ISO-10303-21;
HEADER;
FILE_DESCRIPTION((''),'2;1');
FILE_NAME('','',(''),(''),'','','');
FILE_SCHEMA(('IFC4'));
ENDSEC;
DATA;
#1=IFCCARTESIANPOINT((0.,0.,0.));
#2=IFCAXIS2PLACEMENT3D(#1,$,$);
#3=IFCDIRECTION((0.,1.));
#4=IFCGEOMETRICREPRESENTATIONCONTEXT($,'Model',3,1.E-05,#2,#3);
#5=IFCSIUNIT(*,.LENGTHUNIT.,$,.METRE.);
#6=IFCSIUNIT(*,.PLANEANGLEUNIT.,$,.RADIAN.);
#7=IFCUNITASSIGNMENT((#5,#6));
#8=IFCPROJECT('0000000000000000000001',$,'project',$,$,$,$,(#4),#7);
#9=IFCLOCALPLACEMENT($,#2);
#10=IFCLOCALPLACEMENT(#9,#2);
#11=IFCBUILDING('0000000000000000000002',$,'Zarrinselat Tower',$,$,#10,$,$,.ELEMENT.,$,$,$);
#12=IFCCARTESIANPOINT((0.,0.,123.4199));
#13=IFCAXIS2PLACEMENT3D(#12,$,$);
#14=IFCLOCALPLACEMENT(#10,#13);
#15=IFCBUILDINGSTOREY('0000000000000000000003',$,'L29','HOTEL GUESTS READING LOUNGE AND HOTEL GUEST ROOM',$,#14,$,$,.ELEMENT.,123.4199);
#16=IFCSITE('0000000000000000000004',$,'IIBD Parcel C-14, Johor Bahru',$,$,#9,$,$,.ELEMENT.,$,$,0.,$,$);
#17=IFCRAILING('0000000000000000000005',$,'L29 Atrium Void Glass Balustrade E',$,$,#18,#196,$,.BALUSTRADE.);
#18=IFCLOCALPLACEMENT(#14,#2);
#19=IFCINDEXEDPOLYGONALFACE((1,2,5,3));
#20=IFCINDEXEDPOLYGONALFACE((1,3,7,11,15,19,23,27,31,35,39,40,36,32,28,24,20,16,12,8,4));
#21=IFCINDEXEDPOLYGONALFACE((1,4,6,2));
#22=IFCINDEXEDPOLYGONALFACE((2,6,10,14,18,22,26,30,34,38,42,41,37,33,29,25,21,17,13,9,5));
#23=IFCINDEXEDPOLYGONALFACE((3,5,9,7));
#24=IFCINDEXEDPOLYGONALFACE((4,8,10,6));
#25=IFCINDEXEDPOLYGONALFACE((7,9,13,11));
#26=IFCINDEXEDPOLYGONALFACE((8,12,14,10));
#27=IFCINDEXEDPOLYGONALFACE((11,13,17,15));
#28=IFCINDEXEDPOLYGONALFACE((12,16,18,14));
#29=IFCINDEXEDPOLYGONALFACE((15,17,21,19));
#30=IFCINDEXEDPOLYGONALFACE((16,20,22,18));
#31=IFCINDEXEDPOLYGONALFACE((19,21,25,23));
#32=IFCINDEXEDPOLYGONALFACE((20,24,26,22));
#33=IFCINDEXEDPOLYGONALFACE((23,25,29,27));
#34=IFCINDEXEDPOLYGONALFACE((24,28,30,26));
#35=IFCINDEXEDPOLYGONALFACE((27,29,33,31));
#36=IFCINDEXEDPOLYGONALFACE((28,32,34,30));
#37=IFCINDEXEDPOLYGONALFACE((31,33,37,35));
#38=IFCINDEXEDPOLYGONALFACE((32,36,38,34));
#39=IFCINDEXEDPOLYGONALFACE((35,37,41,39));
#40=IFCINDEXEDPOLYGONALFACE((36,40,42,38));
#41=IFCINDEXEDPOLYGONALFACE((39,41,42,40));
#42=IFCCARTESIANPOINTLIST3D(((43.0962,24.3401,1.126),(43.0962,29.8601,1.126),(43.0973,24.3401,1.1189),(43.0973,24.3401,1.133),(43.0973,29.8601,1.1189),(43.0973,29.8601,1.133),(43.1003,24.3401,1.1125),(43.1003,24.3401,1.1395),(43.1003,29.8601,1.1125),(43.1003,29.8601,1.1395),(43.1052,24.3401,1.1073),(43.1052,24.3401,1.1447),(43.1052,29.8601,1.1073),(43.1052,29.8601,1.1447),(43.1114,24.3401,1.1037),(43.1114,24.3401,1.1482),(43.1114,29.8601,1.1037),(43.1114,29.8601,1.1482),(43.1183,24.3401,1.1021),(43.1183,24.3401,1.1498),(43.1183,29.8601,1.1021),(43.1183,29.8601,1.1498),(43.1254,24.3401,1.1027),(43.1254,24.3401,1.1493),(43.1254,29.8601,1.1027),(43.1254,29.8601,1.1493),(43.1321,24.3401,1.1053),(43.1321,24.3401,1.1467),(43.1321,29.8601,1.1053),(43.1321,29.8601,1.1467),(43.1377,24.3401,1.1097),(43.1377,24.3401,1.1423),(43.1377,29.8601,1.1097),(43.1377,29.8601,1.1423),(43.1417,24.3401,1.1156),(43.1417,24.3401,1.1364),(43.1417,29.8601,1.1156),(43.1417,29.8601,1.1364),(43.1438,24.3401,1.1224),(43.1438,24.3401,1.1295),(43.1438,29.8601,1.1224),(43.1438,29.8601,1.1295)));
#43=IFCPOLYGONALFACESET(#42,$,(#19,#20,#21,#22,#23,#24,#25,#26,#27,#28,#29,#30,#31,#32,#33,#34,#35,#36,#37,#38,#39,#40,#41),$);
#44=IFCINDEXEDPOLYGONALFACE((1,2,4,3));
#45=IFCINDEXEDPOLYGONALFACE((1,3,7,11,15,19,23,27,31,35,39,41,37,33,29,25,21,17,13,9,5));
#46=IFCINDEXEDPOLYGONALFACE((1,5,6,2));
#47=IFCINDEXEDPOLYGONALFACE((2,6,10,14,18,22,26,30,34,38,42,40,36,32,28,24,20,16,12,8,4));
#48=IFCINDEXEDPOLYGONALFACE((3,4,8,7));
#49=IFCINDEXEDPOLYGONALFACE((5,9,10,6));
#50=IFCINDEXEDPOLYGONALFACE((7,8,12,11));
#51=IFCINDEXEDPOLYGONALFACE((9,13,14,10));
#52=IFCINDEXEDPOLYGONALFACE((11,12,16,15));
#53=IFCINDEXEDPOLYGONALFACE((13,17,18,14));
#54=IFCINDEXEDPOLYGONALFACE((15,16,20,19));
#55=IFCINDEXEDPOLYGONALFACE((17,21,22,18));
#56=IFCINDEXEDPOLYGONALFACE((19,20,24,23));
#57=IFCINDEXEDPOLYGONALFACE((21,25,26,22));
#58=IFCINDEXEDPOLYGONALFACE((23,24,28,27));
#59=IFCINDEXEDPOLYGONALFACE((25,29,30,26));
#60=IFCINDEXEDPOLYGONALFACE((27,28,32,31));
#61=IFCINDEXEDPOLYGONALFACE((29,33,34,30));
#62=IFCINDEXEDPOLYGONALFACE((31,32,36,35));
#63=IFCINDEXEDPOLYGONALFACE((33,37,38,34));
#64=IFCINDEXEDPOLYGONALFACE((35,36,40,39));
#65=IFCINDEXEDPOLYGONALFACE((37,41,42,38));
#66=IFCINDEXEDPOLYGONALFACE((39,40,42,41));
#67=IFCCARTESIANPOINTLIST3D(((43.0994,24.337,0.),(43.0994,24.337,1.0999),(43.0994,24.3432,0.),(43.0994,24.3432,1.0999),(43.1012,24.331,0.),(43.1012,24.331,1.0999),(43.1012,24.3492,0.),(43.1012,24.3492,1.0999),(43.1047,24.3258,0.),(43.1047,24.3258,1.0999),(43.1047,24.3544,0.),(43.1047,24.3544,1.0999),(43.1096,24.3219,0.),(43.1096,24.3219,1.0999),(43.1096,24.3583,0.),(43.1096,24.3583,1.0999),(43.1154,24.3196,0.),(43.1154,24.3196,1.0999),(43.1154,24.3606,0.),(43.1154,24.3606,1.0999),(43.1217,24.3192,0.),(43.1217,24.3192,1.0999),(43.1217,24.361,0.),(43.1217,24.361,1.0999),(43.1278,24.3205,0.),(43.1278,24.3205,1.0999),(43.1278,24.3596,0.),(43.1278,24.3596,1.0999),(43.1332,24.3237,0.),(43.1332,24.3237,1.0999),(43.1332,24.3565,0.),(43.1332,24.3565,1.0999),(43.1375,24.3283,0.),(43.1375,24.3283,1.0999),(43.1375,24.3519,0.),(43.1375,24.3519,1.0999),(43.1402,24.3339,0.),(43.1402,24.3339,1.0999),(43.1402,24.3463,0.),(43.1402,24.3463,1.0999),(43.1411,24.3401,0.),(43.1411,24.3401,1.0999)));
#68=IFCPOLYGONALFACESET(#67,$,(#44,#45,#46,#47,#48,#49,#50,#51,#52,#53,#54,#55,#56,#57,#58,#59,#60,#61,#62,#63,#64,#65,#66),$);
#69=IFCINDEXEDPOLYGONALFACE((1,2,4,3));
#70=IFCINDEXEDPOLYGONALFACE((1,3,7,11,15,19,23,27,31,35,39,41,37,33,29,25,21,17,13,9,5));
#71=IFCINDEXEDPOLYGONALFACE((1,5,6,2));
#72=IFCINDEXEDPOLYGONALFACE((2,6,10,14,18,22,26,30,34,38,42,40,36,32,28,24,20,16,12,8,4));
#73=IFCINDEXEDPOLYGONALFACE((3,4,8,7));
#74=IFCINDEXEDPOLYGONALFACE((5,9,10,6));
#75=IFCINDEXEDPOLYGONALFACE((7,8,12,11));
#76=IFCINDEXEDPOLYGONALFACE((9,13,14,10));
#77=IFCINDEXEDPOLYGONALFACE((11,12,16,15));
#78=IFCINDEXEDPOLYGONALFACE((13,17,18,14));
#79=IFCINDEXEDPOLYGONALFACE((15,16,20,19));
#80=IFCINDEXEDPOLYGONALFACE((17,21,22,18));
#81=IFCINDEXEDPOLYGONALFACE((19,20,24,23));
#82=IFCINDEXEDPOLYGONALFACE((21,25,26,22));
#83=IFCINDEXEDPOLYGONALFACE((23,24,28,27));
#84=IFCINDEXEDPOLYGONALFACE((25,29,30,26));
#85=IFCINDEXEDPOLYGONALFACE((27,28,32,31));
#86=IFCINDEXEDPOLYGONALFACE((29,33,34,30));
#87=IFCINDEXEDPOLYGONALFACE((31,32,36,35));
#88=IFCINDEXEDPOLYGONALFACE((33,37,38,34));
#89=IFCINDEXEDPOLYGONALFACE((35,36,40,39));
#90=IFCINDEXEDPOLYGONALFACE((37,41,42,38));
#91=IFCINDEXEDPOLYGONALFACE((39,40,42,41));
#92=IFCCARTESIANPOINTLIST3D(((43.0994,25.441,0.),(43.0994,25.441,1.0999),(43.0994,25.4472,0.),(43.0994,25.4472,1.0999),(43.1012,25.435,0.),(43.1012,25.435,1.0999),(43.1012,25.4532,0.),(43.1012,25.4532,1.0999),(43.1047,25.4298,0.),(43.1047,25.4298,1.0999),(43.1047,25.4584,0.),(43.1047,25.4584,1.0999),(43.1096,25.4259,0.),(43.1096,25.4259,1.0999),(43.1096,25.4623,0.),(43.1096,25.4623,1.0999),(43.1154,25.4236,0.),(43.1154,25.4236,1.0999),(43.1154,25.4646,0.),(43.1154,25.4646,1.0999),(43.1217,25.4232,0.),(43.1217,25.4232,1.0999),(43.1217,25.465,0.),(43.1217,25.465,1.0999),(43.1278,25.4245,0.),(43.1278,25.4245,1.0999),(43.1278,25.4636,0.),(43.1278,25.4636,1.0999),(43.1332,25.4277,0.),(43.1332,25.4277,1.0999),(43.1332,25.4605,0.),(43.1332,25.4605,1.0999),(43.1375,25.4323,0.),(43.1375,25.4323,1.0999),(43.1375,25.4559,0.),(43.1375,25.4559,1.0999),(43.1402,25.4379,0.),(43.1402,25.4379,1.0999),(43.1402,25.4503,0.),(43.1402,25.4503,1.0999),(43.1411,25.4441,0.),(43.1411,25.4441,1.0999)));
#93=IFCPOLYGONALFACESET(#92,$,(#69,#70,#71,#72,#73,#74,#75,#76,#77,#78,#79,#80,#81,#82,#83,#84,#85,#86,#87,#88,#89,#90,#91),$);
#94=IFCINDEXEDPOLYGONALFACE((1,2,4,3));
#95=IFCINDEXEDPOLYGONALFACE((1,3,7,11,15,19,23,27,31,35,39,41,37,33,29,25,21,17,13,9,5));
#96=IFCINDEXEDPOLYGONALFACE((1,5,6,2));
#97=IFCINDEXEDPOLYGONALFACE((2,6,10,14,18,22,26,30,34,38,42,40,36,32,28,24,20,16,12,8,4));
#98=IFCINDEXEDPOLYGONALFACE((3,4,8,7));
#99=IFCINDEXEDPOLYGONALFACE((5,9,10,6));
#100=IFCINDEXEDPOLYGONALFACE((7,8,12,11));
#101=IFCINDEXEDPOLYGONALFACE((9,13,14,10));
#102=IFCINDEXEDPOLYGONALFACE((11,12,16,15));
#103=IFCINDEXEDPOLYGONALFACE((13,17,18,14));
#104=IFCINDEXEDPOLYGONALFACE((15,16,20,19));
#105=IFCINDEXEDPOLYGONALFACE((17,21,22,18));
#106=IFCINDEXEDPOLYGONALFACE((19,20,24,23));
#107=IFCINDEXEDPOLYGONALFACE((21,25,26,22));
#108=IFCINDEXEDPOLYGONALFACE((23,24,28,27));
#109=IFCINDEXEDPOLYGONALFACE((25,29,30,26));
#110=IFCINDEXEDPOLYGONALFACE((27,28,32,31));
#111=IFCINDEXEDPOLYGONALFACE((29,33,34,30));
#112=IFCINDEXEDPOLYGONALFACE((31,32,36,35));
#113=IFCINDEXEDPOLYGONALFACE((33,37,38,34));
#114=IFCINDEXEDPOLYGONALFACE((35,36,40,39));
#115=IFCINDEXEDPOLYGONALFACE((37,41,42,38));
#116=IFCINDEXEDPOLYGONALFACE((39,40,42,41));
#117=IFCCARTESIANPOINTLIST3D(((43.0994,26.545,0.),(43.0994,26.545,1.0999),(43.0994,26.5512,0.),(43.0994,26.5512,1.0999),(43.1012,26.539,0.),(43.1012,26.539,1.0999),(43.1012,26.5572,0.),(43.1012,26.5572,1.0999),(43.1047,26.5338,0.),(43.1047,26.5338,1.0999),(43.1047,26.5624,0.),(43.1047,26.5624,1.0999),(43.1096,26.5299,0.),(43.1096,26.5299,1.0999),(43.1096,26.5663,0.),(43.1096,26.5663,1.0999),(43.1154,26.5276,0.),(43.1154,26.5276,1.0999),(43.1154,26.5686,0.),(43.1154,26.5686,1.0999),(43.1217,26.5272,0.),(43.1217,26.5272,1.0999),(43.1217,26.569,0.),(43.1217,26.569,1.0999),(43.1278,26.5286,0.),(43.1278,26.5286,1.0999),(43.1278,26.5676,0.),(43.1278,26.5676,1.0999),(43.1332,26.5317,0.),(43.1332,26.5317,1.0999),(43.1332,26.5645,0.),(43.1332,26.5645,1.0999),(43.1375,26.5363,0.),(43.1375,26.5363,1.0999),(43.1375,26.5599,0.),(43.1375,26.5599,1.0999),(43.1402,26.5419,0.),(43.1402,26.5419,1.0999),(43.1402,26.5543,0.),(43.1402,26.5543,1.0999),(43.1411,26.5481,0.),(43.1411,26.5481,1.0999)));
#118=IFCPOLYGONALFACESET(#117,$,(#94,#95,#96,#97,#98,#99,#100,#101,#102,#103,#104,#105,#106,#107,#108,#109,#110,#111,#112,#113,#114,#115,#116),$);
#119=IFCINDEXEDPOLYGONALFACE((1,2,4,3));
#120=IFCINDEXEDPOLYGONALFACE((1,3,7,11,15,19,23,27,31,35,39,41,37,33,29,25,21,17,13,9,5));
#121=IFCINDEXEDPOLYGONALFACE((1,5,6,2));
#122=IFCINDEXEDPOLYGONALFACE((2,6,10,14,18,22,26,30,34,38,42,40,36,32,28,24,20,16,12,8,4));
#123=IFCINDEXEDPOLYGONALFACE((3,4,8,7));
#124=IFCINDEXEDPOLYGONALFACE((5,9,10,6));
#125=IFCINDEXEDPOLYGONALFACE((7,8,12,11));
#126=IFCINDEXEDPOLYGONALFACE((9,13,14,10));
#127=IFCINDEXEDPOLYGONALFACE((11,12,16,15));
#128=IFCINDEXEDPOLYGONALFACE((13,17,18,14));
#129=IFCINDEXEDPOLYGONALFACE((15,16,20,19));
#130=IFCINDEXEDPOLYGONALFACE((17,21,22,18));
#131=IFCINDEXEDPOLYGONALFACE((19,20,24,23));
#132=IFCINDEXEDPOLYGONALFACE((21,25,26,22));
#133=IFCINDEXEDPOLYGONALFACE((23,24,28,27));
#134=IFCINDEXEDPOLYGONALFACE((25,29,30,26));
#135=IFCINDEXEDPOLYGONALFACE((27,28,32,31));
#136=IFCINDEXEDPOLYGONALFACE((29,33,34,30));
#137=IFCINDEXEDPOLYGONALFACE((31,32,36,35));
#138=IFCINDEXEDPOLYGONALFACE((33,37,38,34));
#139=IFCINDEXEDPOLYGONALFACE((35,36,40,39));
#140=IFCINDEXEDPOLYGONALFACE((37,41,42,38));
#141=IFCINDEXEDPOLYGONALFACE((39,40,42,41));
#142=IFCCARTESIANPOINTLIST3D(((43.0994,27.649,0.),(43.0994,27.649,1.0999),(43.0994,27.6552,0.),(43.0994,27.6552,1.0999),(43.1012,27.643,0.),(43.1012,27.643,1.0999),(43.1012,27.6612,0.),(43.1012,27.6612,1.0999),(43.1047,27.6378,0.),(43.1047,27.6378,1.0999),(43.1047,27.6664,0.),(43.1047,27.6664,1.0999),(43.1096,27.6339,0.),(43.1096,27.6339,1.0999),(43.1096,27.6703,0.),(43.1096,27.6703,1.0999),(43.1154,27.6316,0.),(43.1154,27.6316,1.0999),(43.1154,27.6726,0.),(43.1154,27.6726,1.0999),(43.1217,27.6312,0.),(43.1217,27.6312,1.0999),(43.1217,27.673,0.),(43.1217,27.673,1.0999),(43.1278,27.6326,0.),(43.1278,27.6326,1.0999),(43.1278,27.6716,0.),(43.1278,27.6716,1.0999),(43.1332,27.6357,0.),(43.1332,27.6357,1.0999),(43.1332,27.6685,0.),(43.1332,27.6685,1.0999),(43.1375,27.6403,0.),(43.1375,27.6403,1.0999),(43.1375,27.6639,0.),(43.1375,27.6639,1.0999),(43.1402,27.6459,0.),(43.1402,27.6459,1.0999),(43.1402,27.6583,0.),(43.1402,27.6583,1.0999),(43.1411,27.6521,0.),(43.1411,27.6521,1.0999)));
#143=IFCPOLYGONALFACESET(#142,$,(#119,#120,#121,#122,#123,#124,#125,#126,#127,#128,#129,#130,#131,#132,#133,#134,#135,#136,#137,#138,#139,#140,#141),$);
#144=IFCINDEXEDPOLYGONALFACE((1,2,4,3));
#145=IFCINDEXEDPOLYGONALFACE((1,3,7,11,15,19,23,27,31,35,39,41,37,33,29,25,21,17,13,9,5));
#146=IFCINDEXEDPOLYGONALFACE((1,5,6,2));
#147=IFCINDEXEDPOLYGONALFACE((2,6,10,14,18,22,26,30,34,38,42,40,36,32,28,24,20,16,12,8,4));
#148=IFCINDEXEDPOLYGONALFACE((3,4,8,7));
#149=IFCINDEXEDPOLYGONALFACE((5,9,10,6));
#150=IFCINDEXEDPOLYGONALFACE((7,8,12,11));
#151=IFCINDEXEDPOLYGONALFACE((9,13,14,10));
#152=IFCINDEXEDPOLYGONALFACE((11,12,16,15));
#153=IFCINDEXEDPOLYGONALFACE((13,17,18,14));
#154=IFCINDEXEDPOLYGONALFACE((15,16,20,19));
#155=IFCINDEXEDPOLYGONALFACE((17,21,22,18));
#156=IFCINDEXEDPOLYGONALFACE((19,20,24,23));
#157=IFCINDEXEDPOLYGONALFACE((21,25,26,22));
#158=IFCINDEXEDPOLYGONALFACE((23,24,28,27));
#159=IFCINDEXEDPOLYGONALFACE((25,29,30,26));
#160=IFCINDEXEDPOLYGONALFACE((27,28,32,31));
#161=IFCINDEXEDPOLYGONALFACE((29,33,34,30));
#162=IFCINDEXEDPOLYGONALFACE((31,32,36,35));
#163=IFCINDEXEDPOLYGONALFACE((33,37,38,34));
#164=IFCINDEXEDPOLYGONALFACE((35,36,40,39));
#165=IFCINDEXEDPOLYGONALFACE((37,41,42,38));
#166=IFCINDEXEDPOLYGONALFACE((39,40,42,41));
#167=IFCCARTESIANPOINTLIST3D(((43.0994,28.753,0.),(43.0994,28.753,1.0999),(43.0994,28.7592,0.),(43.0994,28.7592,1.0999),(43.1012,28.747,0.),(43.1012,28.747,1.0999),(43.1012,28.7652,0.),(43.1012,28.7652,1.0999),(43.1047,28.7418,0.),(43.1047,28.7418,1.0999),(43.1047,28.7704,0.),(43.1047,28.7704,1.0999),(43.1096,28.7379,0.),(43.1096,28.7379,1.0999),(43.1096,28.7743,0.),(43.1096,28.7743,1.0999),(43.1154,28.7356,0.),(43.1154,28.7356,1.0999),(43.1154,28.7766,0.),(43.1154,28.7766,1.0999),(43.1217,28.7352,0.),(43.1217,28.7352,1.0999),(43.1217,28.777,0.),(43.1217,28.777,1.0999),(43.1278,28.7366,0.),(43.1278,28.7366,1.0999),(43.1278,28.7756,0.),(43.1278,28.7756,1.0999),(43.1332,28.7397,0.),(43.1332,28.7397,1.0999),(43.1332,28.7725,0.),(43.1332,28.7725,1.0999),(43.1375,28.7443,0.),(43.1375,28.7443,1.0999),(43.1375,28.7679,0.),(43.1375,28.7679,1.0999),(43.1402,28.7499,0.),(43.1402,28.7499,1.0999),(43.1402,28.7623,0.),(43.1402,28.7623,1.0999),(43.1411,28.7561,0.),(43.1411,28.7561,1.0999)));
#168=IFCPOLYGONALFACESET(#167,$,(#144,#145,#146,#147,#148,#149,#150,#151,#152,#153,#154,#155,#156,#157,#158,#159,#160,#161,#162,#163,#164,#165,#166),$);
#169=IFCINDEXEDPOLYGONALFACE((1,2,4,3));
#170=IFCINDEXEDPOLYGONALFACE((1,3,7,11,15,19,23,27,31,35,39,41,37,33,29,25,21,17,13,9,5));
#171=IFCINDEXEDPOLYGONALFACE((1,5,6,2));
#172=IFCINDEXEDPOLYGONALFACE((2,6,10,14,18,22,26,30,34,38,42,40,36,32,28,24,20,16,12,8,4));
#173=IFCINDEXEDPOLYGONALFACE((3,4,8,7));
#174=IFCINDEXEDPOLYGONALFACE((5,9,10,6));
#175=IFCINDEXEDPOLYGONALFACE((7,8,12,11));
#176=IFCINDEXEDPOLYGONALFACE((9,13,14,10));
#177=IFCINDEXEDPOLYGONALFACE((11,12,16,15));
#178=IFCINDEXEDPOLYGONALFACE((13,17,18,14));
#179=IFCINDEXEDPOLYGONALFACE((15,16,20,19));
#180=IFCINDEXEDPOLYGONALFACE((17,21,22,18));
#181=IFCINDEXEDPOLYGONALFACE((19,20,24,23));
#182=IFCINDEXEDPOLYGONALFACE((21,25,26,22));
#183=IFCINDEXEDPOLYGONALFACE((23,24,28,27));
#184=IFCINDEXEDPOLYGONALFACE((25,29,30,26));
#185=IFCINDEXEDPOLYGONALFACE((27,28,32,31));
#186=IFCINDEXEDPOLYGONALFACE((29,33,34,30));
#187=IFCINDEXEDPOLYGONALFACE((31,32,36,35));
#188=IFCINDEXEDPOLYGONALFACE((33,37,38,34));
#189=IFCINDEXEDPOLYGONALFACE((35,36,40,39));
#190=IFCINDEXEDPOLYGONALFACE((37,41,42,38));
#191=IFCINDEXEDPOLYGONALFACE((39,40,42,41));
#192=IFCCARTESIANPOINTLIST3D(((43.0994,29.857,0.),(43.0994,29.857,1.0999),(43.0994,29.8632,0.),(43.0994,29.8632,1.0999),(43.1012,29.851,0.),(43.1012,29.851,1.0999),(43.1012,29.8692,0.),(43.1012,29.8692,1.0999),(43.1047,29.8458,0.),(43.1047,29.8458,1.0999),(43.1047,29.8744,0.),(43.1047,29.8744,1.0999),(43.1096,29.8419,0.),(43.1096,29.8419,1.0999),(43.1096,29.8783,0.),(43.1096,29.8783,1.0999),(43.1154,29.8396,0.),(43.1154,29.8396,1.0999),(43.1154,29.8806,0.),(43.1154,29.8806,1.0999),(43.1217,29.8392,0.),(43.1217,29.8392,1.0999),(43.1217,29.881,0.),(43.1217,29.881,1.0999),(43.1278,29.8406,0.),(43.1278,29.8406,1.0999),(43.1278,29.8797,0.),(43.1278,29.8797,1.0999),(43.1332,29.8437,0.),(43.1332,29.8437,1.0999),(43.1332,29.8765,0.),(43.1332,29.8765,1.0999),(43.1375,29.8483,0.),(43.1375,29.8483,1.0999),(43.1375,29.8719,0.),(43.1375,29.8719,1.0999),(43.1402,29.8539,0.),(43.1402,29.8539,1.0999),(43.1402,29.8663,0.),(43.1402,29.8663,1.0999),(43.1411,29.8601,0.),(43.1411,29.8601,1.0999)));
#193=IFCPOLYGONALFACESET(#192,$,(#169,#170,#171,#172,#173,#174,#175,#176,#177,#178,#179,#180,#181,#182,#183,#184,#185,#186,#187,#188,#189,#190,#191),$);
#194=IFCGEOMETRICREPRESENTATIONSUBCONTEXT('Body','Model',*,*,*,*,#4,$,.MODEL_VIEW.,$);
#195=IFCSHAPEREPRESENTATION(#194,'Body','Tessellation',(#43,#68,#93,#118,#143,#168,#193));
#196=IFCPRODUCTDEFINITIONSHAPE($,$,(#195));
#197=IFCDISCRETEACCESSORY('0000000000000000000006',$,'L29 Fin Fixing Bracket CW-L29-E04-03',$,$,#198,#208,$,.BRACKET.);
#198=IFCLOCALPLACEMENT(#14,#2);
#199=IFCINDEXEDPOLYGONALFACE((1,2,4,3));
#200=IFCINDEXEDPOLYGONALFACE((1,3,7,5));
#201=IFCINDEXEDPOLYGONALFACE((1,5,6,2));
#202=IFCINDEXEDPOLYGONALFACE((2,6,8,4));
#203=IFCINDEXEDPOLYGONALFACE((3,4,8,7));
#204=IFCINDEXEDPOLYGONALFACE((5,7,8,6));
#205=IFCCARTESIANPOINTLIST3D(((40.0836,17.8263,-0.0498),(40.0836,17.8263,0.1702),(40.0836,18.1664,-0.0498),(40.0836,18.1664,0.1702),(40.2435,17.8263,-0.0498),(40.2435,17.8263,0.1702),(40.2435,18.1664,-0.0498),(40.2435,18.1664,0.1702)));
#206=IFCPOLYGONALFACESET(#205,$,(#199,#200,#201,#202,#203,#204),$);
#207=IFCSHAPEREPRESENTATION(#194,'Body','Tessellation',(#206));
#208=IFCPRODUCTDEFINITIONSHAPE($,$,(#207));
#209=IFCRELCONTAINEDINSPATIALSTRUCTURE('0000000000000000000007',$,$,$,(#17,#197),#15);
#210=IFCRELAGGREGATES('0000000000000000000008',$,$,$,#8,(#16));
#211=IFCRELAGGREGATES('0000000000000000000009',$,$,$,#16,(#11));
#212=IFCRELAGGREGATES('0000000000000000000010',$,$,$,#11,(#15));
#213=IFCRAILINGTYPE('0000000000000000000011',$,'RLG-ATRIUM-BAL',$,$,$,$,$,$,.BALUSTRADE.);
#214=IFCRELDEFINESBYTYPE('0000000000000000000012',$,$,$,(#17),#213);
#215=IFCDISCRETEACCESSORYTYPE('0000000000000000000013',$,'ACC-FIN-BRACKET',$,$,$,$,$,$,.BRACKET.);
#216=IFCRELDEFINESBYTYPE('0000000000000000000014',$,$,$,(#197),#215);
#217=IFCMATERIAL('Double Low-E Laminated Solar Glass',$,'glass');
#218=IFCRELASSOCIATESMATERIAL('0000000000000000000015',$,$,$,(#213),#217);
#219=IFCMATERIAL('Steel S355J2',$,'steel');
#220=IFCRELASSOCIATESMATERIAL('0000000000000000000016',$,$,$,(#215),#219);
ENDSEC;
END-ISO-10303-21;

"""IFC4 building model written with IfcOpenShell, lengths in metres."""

from ifc_helpers import new_model, si_unit, direction, frame, origin, origin_2d, place, context, subcontext, project, spatial, rectangle, circle, extrude, material, type_object, element, save


model = new_model("IFC4")

# Units and contexts
model_context = context("Model", 3, precision=1e-05, world=origin(), true_north=direction((0.0, 1.0)))
body_context = subcontext(model_context, "Body", "Model", "MODEL_VIEW")
ifc_project = project(units=[si_unit("LENGTHUNIT", "METRE"), si_unit("PLANEANGLEUNIT", "RADIAN")], contexts=[model_context])

# Site, building, storey
site_placement = place(None, origin())
site = spatial("IfcSite", under=ifc_project, at=site_placement, Name="IIBD Parcel C-14, Johor Bahru", CompositionType="ELEMENT", RefElevation=0.0)
building_placement = place(site_placement, origin())
building = spatial("IfcBuilding", under=site, at=building_placement, Name="Zarrinselat Tower", CompositionType="ELEMENT")
storey_placement = place(building_placement, frame((0.0, 0.0, 123.4199)))
storey = spatial("IfcBuildingStorey", under=building, at=storey_placement, Name="L29", Description="HOTEL GUESTS READING LOUNGE AND HOTEL GUEST ROOM", CompositionType="ELEMENT", Elevation=123.4199)

# Railing
ifc_material_1 = material(Name="Double Low-E Laminated Solar Glass", Category="glass")
railing_type = type_object("IfcRailingType", Name="RLG-ATRIUM-BAL", PredefinedType="BALUSTRADE", material=ifc_material_1)
railing_placement = place(storey_placement, frame((43.1201, 24.3401, 0.0)))
element("IfcRailing", 1, at=railing_placement, inside=storey, type_object=railing_type, Name="L29 Atrium Void Glass Balustrade E", PredefinedType="BALUSTRADE", context=body_context, shape_type="SweptSolid", body=[
    extrude(circle(Radius=0.0239, at=origin_2d()), frame((0.0, 0.0, 1.126), z_axis=(0.0, 1.0, 0.0), x_axis=(-1.0, 0.0, 0.0)), (0.0, 0.0, 1.0), 5.52),
    extrude(circle(Radius=0.021, at=origin_2d()), origin(), (0.0, 0.0, 1.0), 1.0999),
    extrude(circle(Radius=0.021, at=origin_2d()), frame((0.0, 1.104, 0.0)), (0.0, 0.0, 1.0), 1.0999),
    extrude(circle(Radius=0.021, at=origin_2d()), frame((0.0, 2.208, 0.0)), (0.0, 0.0, 1.0), 1.0999),
    extrude(circle(Radius=0.021, at=origin_2d()), frame((0.0, 3.312, 0.0)), (0.0, 0.0, 1.0), 1.0999),
    extrude(circle(Radius=0.021, at=origin_2d()), frame((0.0, 4.416, 0.0)), (0.0, 0.0, 1.0), 1.0999),
    extrude(circle(Radius=0.021, at=origin_2d()), frame((0.0, 5.52, 0.0)), (0.0, 0.0, 1.0), 1.0999),
])

# Discrete accessory
ifc_material_2 = material(Name="Steel S355J2", Category="steel")
discrete_accessory_type = type_object("IfcDiscreteAccessoryType", Name="ACC-FIN-BRACKET", PredefinedType="BRACKET", material=ifc_material_2)
discrete_accessory_placement = place(storey_placement, frame((40.1636, 17.9963, -0.0498), z_axis=(0.0, 0.0, 1.0), x_axis=(0.0, -1.0, 0.0)))
element("IfcDiscreteAccessory", 2, at=discrete_accessory_placement, inside=storey, type_object=discrete_accessory_type, Name="L29 Fin Fixing Bracket CW-L29-E04-03", PredefinedType="BRACKET", context=body_context, shape_type="SweptSolid", body=[
    extrude(rectangle(XDim=0.3401, YDim=0.1599, at=origin_2d()), origin(), (0.0, 0.0, 1.0), 0.22),
])

save(model, "model.ifc")
